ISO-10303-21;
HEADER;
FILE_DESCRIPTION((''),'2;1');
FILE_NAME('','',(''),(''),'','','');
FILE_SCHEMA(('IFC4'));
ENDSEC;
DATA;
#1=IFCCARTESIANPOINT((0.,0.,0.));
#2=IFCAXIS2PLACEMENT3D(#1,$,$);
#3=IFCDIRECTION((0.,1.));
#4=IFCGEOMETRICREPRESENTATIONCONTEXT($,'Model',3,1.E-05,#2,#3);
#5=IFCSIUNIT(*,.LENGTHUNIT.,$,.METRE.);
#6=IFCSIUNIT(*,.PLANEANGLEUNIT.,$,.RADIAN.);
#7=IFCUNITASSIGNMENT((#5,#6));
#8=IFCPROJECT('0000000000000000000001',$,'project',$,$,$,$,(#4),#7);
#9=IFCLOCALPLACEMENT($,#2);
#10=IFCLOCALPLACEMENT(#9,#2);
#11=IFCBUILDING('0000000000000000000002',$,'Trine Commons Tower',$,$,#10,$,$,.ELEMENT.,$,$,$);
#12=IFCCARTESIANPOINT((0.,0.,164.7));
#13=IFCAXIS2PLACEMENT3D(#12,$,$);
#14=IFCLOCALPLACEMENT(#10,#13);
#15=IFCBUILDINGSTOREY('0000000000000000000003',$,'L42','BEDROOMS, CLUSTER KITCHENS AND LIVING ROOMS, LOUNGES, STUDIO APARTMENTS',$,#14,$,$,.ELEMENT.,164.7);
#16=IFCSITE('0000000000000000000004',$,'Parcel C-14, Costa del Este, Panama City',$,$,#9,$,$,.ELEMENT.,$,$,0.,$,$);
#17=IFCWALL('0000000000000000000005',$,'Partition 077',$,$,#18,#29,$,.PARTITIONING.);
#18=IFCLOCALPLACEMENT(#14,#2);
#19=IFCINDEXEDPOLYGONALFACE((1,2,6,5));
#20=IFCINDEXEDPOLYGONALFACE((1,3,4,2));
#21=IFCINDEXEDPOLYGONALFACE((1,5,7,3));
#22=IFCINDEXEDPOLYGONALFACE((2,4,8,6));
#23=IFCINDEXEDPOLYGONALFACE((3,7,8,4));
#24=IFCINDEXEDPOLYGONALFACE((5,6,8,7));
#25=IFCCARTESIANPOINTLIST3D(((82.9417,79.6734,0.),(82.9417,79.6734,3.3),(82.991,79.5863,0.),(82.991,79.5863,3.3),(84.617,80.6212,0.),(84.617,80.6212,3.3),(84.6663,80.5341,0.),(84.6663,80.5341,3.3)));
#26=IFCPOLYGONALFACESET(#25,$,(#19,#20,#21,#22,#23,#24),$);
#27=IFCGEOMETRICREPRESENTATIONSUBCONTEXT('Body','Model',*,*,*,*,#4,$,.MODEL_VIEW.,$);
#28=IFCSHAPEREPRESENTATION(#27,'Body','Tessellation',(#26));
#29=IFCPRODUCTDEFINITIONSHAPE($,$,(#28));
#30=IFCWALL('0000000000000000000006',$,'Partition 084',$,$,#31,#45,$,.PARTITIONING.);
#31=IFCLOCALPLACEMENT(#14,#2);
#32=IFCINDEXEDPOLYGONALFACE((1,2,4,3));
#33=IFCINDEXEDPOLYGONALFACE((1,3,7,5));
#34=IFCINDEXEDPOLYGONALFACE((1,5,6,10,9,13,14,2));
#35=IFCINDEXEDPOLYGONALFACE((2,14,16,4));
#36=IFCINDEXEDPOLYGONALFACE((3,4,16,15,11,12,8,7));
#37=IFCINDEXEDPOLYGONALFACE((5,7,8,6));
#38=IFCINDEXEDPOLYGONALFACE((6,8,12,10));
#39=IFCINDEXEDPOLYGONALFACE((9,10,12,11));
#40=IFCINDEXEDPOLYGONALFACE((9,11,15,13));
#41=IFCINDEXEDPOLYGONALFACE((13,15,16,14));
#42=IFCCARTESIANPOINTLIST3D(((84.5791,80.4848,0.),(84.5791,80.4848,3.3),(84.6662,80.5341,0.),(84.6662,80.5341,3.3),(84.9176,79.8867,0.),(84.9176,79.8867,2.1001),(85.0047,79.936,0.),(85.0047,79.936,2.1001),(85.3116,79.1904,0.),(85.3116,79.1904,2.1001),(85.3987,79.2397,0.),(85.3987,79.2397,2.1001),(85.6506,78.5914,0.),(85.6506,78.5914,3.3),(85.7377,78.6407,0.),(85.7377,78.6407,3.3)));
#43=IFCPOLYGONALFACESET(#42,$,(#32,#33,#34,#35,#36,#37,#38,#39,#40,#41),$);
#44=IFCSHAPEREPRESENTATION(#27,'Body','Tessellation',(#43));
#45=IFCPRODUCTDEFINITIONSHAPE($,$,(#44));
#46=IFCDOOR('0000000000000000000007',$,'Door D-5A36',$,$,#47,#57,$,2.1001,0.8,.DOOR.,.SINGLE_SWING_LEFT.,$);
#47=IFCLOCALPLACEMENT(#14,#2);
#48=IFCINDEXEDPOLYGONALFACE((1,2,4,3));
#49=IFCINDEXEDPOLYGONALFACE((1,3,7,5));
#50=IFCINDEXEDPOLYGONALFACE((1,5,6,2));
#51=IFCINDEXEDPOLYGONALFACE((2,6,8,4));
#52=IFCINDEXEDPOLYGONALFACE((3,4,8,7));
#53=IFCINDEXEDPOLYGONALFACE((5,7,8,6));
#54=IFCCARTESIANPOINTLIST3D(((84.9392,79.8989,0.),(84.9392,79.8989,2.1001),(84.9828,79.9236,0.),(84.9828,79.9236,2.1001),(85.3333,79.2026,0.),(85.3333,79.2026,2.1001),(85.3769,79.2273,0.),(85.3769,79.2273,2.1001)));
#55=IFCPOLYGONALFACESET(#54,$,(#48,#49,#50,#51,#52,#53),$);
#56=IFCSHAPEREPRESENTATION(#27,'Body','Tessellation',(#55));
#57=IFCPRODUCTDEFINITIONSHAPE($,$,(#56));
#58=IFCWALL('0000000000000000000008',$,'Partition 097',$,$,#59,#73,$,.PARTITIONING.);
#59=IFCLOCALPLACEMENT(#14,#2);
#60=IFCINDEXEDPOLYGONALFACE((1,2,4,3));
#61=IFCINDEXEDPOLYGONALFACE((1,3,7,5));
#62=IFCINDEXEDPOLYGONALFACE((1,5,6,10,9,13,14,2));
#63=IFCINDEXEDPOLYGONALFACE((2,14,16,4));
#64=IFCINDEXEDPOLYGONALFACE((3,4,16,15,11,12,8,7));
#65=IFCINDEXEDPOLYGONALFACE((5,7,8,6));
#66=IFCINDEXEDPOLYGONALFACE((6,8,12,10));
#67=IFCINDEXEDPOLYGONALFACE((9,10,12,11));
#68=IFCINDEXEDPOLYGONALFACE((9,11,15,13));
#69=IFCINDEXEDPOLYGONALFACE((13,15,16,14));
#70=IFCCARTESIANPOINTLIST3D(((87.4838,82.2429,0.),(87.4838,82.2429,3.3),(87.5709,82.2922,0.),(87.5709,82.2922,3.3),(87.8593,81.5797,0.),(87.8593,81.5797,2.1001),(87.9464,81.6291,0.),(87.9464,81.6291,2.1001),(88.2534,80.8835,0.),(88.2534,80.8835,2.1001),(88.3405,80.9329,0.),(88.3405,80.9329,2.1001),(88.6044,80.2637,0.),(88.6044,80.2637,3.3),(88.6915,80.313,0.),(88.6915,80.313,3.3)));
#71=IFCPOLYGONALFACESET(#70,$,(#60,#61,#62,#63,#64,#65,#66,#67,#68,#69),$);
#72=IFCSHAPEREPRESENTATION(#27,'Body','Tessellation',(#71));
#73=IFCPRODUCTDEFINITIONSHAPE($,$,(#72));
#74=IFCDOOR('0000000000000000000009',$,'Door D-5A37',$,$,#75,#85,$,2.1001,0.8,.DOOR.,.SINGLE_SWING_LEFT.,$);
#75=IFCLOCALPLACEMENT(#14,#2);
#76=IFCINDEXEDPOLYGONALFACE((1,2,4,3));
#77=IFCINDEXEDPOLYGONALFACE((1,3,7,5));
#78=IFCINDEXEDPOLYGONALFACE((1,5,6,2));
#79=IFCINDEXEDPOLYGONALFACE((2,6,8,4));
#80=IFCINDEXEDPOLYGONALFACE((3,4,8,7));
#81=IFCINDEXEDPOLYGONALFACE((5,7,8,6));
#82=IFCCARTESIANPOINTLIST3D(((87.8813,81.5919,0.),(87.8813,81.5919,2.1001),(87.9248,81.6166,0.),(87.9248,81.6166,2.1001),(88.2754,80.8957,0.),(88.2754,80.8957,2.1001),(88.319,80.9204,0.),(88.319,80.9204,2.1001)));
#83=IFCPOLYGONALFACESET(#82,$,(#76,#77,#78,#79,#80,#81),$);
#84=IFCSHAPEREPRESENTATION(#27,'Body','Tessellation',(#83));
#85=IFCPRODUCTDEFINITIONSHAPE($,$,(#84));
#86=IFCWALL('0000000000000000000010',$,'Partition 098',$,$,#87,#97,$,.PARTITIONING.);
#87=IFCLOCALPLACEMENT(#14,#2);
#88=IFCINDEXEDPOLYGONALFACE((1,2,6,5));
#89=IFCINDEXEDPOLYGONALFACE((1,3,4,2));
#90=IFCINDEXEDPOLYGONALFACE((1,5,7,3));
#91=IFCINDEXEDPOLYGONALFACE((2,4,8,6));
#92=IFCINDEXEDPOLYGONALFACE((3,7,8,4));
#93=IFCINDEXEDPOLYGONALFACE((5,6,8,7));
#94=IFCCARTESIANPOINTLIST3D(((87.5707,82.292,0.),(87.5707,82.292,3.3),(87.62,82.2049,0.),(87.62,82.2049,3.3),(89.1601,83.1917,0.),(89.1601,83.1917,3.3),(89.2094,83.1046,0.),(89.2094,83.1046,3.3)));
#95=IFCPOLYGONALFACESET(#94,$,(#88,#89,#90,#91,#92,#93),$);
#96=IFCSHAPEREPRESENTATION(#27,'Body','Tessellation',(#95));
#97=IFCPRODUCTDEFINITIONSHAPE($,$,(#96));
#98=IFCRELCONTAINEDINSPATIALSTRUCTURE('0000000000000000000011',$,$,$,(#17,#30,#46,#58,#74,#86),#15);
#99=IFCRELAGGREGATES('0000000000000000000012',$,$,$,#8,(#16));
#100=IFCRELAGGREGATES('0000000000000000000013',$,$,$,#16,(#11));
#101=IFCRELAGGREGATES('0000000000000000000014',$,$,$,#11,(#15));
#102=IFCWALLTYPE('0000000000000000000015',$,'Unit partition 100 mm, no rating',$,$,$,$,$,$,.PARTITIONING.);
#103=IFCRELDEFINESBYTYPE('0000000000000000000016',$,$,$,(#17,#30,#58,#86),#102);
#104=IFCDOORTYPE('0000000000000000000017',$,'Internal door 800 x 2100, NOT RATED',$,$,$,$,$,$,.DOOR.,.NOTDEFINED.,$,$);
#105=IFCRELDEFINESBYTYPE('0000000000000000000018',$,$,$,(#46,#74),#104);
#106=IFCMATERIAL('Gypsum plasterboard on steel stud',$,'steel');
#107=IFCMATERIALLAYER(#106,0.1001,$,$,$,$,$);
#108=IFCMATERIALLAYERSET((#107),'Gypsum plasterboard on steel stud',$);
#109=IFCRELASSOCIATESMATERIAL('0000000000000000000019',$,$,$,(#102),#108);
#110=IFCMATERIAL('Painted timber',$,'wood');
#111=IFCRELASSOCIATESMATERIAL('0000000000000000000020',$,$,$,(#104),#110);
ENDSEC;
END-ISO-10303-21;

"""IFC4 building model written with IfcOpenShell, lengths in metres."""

from ifc_helpers import new_model, si_unit, direction, frame, frame_2d, origin, place, context, subcontext, project, spatial, rectangle, extrude, material, layer, layer_set, type_object, element, fill, save


model = new_model("IFC4")

# Units and contexts
model_context = context("Model", 3, precision=1e-05, world=origin(), true_north=direction((0.0, 1.0)))
body_context = subcontext(model_context, "Body", "Model", "MODEL_VIEW")
ifc_project = project(units=[si_unit("LENGTHUNIT", "METRE"), si_unit("PLANEANGLEUNIT", "RADIAN")], contexts=[model_context])

# Site, building, storey
site_placement = place(None, origin())
site = spatial("IfcSite", under=ifc_project, at=site_placement, Name="Parcel C-14, Costa del Este, Panama City", CompositionType="ELEMENT", RefElevation=0.0)
building_placement = place(site_placement, origin())
building = spatial("IfcBuilding", under=site, at=building_placement, Name="Trine Commons Tower", CompositionType="ELEMENT")
storey_placement = place(building_placement, frame((0.0, 0.0, 164.7)))
storey = spatial("IfcBuildingStorey", under=building, at=storey_placement, Name="L42", Description="BEDROOMS, CLUSTER KITCHENS AND LIVING ROOMS, LOUNGES, STUDIO APARTMENTS", CompositionType="ELEMENT", Elevation=164.7)

# Shared definitions
ifc_material_1 = material(Name="Gypsum plasterboard on steel stud", Category="steel")

# Shared definitions
ifc_layer_1 = layer(ifc_material_1, 0.1001)
ifc_layer_set_1 = layer_set([ifc_layer_1], Name="Gypsum plasterboard on steel stud")
wall_type_1 = type_object("IfcWallType", Name="Unit partition 100 mm, no rating", PredefinedType="PARTITIONING", material=ifc_layer_set_1)
ifc_material_2 = material(Name="Painted timber", Category="wood")

# Wall
wall_1_placement = place(storey_placement, frame((82.9663, 79.6299, 0.0), z_axis=(0.0, 0.0, 1.0), x_axis=(0.870374, 0.492392, 0.0)))
element("IfcWall", 1, at=wall_1_placement, inside=storey, type_object=wall_type_1, Name="Partition 077", PredefinedType="PARTITIONING", context=body_context, shape_type="SweptSolid", body=[
    extrude(rectangle(XDim=1.9248, YDim=0.1001, at=frame_2d((0.9624, 0.0))), origin(), (0.0, 0.0, 1.0), 3.3),
])

# Walls, openings, doors
wall_2_placement = place(storey_placement, frame((84.6226, 80.5095, 0.0), z_axis=(0.0, 0.0, 1.0), x_axis=(0.492545, -0.870287, 0.0)))
wall_2 = element("IfcWall", 2, at=wall_2_placement, inside=storey, type_object=wall_type_1, Name="Partition 084", PredefinedType="PARTITIONING", context=body_context, shape_type="SweptSolid", body=[
    extrude(rectangle(XDim=2.1755, YDim=0.1001, at=frame_2d((1.0879, 0.0))), origin(), (0.0, 0.0, 1.0), 3.3),
])
opening_1_placement = place(wall_2_placement, frame((0.6875, 0.0, 0.0)))
opening_1 = element("IfcOpeningElement", 3, at=opening_1_placement, cuts=wall_2, PredefinedType="OPENING", context=body_context, shape_type="SweptSolid", body=[
    extrude(rectangle(XDim=0.8, YDim=2.1001, at=frame_2d((0.3999, 1.05))), frame((0.0, 0.0601, 0.0), z_axis=(0.0, -1.0, 0.0), x_axis=(1.0, 0.0, 0.0)), (0.0, 0.0, 1.0), 0.1201),
])
door_type_1 = type_object("IfcDoorType", Name="Internal door 800 x 2100, NOT RATED", OperationType="NOTDEFINED", PredefinedType="DOOR", material=ifc_material_2)
door_1_placement = place(opening_1_placement, origin())
door_1 = element("IfcDoor", 4, at=door_1_placement, inside=storey, type_object=door_type_1, Name="Door D-5A36", OperationType="SINGLE_SWING_LEFT", OverallHeight=2.1001, OverallWidth=0.8, PredefinedType="DOOR", context=body_context, shape_type="SweptSolid", body=[
    extrude(rectangle(XDim=0.8, YDim=2.1001, at=frame_2d((0.3999, 1.05))), frame((0.0, 0.0249, 0.0), z_axis=(0.0, -1.0, 0.0), x_axis=(1.0, 0.0, 0.0)), (0.0, 0.0, 1.0), 0.05),
])
fill(opening_1, door_1)
wall_3_placement = place(storey_placement, frame((87.5273, 82.2676, 0.0), z_axis=(0.0, 0.0, 1.0), x_axis=(0.49269, -0.870205, 0.0)))
wall_3 = element("IfcWall", 5, at=wall_3_placement, inside=storey, type_object=wall_type_1, Name="Partition 097", PredefinedType="PARTITIONING", context=body_context, shape_type="SweptSolid", body=[
    extrude(rectangle(XDim=2.2744, YDim=0.1001, at=frame_2d((1.1372, 0.0))), origin(), (0.0, 0.0, 1.0), 3.3),
])
opening_2_placement = place(wall_3_placement, frame((0.7622, 0.0, 0.0)))
opening_2 = element("IfcOpeningElement", 6, at=opening_2_placement, cuts=wall_3, PredefinedType="OPENING", context=body_context, shape_type="SweptSolid", body=[
    extrude(rectangle(XDim=0.8, YDim=2.1001, at=frame_2d((0.3999, 1.05))), frame((0.0, 0.0601, 0.0), z_axis=(0.0, -1.0, 0.0), x_axis=(1.0, 0.0, 0.0)), (0.0, 0.0, 1.0), 0.1201),
])
door_2_placement = place(opening_2_placement, frame((0.8, 0.0, 0.0), z_axis=(0.0, 0.0, 1.0), x_axis=(-1.0, 0.0, 0.0)))
door_2 = element("IfcDoor", 7, at=door_2_placement, inside=storey, type_object=door_type_1, Name="Door D-5A37", OperationType="SINGLE_SWING_LEFT", OverallHeight=2.1001, OverallWidth=0.8, PredefinedType="DOOR", context=body_context, shape_type="SweptSolid", body=[
    extrude(rectangle(XDim=0.8, YDim=2.1001, at=frame_2d((0.3999, 1.05))), frame((0.0, 0.0249, 0.0), z_axis=(0.0, -1.0, 0.0), x_axis=(1.0, 0.0, 0.0)), (0.0, 0.0, 1.0), 0.05),
])
fill(opening_2, door_2)

# Wall
wall_4_placement = place(storey_placement, frame((87.5955, 82.2485, 0.0), z_axis=(0.0, 0.0, 1.0), x_axis=(0.870251, 0.492608, 0.0)))
element("IfcWall", 8, at=wall_4_placement, inside=storey, type_object=wall_type_1, Name="Partition 098", PredefinedType="PARTITIONING", context=body_context, shape_type="SweptSolid", body=[
    extrude(rectangle(XDim=1.8264, YDim=0.1001, at=frame_2d((0.9131, 0.0))), origin(), (0.0, 0.0, 1.0), 3.3),
])

save(model, "model.ifc")
